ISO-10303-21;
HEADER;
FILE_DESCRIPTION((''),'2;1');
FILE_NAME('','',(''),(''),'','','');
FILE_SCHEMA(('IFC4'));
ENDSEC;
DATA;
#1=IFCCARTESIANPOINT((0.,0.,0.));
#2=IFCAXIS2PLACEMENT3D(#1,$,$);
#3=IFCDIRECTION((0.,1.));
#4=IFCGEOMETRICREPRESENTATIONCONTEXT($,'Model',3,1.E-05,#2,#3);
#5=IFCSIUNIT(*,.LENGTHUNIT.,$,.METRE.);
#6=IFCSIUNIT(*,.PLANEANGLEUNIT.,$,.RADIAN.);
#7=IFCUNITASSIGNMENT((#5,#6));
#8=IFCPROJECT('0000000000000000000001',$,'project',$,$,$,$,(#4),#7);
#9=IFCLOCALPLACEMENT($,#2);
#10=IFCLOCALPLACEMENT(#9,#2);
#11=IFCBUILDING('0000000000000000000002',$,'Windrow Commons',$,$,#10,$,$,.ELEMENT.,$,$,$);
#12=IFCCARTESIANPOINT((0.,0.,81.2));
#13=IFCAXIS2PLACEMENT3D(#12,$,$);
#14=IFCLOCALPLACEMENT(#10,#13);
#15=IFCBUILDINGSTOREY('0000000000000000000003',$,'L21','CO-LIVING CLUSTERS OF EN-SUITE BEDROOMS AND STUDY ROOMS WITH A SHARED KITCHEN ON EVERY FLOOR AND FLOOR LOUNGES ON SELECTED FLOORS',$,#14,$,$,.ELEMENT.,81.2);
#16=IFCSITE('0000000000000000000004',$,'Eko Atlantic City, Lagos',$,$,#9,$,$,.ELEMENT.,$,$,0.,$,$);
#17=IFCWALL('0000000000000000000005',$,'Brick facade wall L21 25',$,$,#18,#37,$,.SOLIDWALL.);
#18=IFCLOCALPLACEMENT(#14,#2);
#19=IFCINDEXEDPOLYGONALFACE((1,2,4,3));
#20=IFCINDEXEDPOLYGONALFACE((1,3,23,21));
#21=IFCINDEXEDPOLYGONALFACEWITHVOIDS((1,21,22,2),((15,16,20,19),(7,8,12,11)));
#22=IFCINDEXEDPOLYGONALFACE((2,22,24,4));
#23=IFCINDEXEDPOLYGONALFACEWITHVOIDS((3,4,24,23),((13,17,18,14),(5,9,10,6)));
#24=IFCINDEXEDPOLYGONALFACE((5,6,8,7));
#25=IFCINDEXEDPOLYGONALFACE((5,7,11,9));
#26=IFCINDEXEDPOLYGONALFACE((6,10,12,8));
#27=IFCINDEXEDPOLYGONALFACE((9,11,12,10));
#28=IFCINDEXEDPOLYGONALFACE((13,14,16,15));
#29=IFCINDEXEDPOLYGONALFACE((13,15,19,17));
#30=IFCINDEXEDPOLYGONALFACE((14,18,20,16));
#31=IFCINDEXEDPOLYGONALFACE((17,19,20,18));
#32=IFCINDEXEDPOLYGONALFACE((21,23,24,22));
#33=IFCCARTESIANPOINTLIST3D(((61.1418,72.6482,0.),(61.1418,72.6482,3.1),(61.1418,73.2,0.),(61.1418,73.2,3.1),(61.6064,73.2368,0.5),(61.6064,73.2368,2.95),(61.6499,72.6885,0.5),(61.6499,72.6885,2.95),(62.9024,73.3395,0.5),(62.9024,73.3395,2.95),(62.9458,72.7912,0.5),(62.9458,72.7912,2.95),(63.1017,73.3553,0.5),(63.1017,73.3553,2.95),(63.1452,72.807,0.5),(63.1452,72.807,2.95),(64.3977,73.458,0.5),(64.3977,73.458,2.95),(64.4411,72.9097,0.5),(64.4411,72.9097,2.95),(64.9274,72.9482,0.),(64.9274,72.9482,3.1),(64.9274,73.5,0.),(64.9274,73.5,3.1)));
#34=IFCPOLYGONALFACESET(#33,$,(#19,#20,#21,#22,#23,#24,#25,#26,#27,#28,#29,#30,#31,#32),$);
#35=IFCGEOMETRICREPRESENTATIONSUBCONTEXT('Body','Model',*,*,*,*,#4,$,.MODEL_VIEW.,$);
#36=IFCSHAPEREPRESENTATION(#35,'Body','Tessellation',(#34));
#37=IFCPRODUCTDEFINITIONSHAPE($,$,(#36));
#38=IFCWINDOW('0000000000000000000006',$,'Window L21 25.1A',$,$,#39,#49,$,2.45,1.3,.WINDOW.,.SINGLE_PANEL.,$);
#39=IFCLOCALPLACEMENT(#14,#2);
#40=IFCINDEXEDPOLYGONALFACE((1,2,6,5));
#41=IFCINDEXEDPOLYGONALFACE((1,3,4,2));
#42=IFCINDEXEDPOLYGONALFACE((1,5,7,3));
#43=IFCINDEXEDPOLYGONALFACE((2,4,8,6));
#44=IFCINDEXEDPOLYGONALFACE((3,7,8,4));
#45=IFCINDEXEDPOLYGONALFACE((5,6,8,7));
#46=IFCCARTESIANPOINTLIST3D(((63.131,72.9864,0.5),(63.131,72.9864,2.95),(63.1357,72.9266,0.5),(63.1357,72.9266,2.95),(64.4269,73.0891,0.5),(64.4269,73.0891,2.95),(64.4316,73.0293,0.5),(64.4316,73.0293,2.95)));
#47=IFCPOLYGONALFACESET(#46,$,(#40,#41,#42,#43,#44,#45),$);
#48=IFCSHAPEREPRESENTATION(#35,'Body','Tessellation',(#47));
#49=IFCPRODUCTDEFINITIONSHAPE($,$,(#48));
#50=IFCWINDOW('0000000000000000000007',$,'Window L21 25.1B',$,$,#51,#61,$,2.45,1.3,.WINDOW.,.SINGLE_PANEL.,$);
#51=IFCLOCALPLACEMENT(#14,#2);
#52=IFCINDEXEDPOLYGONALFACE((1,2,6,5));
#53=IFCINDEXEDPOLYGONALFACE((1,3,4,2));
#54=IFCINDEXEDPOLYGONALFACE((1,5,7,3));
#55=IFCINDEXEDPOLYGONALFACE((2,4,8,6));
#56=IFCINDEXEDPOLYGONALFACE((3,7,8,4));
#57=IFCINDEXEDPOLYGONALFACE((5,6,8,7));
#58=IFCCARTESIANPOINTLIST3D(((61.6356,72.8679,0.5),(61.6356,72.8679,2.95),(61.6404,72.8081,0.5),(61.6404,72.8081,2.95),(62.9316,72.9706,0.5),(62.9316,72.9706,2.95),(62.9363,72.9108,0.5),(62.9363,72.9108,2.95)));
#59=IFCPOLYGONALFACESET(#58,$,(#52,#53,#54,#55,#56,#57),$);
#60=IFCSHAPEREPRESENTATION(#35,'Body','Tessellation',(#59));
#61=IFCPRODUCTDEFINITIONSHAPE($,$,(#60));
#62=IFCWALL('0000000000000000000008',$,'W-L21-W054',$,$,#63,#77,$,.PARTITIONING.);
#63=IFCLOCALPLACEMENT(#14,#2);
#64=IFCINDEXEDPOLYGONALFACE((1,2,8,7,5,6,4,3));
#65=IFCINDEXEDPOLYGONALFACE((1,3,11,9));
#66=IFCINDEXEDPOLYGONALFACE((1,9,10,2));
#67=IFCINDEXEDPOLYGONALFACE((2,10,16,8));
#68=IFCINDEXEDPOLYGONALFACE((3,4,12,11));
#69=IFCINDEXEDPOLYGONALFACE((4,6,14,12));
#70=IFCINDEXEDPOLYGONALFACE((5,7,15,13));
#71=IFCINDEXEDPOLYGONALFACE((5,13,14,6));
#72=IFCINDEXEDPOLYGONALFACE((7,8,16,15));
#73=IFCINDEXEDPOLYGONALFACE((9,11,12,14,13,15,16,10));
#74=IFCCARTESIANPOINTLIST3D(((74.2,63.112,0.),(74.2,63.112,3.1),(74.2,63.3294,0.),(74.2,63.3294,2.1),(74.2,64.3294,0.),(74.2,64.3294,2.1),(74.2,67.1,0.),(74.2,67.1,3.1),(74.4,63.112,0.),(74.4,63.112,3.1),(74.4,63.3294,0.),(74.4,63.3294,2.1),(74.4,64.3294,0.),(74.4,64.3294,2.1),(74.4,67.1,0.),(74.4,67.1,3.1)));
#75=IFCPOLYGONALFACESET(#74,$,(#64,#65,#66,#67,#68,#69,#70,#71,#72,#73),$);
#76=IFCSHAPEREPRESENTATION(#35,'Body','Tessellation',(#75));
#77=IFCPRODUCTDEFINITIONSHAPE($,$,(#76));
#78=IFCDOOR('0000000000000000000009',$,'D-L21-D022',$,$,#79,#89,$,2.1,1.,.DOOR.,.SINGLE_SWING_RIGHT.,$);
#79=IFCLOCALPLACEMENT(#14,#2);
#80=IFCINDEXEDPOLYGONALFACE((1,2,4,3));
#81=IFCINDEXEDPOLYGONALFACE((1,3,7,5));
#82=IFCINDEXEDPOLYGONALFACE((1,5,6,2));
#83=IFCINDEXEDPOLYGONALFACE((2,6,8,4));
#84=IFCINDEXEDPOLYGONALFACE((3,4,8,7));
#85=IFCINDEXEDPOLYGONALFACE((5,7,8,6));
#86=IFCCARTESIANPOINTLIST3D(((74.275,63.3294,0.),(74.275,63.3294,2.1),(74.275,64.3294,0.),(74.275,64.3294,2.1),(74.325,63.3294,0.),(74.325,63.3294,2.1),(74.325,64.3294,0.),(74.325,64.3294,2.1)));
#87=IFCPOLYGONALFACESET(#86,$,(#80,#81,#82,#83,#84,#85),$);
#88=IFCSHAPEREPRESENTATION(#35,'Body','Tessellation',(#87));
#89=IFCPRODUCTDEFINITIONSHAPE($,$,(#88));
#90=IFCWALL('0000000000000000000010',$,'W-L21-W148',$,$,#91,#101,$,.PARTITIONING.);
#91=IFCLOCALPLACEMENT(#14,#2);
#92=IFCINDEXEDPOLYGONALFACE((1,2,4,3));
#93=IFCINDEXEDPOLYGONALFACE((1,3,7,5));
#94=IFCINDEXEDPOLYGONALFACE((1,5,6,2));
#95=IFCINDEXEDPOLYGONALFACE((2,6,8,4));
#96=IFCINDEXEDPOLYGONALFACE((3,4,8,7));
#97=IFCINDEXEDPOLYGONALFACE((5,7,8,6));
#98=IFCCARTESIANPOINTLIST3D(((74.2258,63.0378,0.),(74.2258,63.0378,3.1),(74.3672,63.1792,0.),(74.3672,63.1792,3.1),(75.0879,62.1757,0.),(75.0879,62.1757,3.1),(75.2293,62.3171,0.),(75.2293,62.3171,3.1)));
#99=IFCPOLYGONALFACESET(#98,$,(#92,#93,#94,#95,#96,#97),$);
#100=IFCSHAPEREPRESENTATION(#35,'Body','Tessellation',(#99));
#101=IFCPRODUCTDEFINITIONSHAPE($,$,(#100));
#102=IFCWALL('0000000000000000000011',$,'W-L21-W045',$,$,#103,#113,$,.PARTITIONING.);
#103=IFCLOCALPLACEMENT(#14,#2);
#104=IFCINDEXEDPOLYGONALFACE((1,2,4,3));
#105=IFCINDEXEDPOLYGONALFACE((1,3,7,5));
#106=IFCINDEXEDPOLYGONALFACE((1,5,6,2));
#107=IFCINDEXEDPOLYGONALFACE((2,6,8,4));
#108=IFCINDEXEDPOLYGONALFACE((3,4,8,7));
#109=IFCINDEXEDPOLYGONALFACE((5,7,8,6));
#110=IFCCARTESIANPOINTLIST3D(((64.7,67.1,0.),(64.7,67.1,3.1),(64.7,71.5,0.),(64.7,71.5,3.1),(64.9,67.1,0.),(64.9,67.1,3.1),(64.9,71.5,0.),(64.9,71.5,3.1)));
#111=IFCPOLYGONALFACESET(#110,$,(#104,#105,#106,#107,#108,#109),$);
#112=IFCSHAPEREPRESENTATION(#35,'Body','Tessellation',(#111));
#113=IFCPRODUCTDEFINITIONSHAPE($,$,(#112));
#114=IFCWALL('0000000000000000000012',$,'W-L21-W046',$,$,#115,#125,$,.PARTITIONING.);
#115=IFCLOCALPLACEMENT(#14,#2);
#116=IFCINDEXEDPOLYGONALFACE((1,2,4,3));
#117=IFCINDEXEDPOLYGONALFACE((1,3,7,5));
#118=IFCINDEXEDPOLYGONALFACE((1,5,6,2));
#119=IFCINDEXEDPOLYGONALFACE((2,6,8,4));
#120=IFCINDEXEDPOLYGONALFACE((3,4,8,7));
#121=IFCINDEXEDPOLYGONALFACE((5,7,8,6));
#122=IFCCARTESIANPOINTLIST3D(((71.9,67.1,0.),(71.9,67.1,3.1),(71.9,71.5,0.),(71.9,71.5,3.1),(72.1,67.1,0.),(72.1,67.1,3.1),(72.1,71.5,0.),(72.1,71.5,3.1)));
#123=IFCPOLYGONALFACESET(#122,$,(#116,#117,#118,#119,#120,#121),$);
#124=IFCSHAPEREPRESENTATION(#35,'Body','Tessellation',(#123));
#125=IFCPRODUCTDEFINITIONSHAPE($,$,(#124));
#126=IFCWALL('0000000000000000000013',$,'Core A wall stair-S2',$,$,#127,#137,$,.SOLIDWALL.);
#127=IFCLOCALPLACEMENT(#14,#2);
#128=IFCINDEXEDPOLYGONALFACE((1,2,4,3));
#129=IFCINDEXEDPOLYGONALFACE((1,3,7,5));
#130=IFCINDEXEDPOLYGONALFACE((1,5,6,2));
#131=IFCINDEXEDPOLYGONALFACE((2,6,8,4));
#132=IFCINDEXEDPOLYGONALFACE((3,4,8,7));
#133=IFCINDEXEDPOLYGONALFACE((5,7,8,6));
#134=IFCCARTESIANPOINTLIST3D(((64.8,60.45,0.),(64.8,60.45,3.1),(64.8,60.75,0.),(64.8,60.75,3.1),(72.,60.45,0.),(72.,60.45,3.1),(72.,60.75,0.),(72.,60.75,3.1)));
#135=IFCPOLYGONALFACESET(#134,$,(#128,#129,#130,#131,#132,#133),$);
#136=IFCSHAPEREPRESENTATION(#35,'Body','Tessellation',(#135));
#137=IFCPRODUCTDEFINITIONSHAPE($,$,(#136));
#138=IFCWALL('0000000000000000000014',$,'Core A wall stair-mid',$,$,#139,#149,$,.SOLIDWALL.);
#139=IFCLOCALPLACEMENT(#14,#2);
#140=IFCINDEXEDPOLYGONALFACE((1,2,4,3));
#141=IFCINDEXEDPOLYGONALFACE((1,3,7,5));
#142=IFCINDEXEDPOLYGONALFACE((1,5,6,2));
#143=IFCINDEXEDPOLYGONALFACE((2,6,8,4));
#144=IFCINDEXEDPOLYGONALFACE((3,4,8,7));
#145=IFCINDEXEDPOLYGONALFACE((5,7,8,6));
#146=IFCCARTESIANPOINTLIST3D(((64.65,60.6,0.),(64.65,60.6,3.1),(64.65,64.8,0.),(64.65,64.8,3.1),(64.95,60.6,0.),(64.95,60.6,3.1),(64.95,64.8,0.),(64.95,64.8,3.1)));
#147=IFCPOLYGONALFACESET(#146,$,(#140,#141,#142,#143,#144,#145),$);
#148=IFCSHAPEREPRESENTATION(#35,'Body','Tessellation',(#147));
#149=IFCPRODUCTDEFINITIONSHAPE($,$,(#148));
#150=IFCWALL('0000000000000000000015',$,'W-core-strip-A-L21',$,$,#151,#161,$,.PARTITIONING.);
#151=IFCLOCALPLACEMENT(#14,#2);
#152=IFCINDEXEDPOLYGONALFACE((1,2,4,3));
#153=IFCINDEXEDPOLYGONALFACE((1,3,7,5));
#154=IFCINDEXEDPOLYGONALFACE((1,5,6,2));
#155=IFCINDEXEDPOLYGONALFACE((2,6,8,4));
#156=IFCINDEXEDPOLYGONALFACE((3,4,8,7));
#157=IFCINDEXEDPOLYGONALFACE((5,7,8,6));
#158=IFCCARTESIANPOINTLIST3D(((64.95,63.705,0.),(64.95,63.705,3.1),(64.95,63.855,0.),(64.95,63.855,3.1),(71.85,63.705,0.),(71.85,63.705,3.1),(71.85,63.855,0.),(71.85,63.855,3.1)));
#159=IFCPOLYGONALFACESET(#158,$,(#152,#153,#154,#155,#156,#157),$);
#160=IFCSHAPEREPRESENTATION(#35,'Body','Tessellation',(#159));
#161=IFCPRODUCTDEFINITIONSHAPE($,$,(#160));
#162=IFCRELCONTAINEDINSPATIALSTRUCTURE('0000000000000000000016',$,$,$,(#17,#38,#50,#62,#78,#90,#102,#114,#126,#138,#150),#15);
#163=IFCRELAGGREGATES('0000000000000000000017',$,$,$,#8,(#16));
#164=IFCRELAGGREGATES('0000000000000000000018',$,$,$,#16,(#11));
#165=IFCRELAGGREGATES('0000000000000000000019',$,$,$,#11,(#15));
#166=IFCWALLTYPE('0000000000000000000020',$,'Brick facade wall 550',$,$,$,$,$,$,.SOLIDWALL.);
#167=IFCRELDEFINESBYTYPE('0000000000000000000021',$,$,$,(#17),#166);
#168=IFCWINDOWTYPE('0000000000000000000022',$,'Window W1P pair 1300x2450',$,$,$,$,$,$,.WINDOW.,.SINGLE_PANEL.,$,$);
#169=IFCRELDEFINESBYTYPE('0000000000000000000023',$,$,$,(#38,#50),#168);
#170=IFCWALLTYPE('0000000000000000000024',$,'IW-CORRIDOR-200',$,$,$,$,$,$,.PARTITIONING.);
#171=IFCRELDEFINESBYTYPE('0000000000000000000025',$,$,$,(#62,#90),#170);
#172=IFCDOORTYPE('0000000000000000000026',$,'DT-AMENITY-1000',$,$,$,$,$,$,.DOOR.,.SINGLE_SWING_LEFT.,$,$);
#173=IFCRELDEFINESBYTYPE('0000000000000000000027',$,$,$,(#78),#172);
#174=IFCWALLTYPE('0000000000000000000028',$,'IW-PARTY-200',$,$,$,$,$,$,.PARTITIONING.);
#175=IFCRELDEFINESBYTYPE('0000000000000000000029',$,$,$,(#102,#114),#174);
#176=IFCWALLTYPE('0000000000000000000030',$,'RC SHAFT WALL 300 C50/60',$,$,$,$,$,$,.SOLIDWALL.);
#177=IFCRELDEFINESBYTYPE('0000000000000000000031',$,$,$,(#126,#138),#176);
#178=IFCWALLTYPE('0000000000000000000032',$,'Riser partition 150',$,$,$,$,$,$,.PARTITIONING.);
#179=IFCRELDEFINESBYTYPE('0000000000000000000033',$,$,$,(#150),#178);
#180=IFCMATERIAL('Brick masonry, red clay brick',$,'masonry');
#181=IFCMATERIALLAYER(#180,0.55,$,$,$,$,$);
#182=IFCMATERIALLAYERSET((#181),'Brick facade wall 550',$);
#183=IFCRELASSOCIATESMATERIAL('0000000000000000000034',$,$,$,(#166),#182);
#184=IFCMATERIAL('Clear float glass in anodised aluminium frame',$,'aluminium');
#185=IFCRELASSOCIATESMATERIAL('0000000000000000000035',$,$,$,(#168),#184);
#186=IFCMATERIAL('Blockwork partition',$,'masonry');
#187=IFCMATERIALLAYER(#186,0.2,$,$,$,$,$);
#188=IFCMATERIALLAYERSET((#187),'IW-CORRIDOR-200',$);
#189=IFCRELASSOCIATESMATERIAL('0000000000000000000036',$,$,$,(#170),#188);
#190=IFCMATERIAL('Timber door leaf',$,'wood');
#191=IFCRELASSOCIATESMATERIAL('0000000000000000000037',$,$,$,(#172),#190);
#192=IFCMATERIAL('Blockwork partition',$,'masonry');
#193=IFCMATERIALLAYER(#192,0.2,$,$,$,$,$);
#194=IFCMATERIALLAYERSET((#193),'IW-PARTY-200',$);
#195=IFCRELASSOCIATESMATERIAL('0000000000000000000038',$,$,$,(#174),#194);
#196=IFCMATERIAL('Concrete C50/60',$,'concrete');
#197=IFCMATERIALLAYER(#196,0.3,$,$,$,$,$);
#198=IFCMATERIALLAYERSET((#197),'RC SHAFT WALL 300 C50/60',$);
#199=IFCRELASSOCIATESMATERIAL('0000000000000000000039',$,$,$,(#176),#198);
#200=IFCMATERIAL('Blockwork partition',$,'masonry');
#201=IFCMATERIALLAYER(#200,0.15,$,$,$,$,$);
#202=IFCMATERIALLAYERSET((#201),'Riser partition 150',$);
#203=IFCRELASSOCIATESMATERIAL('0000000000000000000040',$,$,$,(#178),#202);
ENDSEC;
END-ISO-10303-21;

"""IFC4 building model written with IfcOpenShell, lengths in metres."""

from ifc_helpers import new_model, si_unit, direction, frame, frame_2d, origin, place, context, subcontext, project, spatial, polyline, rectangle, outline, extrude, material, layer, layer_set, type_object, element, fill, save


model = new_model("IFC4")

# Units and contexts
model_context = context("Model", 3, precision=1e-05, world=origin(), true_north=direction((0.0, 1.0)))
body_context = subcontext(model_context, "Body", "Model", "MODEL_VIEW")
ifc_project = project(units=[si_unit("LENGTHUNIT", "METRE"), si_unit("PLANEANGLEUNIT", "RADIAN")], contexts=[model_context])

# Site, building, storey
site_placement = place(None, origin())
site = spatial("IfcSite", under=ifc_project, at=site_placement, Name="Eko Atlantic City, Lagos", CompositionType="ELEMENT", RefElevation=0.0)
building_placement = place(site_placement, origin())
building = spatial("IfcBuilding", under=site, at=building_placement, Name="Windrow Commons", CompositionType="ELEMENT")
storey_placement = place(building_placement, frame((0.0, 0.0, 81.2)))
storey = spatial("IfcBuildingStorey", under=building, at=storey_placement, Name="L21", Description="CO-LIVING CLUSTERS OF EN-SUITE BEDROOMS AND STUDY ROOMS WITH A SHARED KITCHEN ON EVERY FLOOR AND FLOOR LOUNGES ON SELECTED FLOORS", CompositionType="ELEMENT", Elevation=81.2)

# Wall, openings, windows
ifc_material_1 = material(Name="Brick masonry, red clay brick", Category="masonry")
ifc_layer_1 = layer(ifc_material_1, 0.55)
ifc_layer_set_1 = layer_set([ifc_layer_1], Name="Brick facade wall 550")
wall_type_1 = type_object("IfcWallType", Name="Brick facade wall 550", PredefinedType="SOLIDWALL", material=ifc_layer_set_1)
ifc_material_2 = material(Name="Clear float glass in anodised aluminium frame", Category="aluminium")
window_type = type_object("IfcWindowType", Name="Window W1P pair 1300x2450", PartitioningType="SINGLE_PANEL", PredefinedType="WINDOW", material=ifc_material_2)
wall_1_placement = place(storey_placement, frame((64.9274, 73.2241, 0.0), z_axis=(0.0, 0.0, 1.0), x_axis=(-0.996875, -0.079, 0.0)))
wall_1 = element("IfcWall", 1, at=wall_1_placement, inside=storey, type_object=wall_type_1, Name="Brick facade wall L21 25", PredefinedType="SOLIDWALL", context=body_context, shape_type="SweptSolid", body=[
    extrude(outline(polyline([(-0.0218, -0.275), (3.7757, -0.275), (3.8193, 0.275), (0.0218, 0.275), (-0.0218, -0.275)])), origin(), (0.0, 0.0, 1.0), 3.1),
])
opening_1_placement = place(wall_1_placement, frame((0.5096, 0.0, 0.5)))
opening_1 = element("IfcOpeningElement", 2, at=opening_1_placement, cuts=wall_1, PredefinedType="OPENING", context=body_context, shape_type="SweptSolid", body=[
    extrude(rectangle(XDim=1.3, YDim=2.45, at=frame_2d((0.65, 1.225))), frame((0.0, 0.285, 0.0), z_axis=(0.0, -1.0, 0.0), x_axis=(1.0, 0.0, 0.0)), (0.0, 0.0, 1.0), 0.57),
])
opening_2_placement = place(wall_1_placement, frame((2.0096, 0.0, 0.5)))
opening_2 = element("IfcOpeningElement", 3, at=opening_2_placement, cuts=wall_1, PredefinedType="OPENING", context=body_context, shape_type="SweptSolid", body=[
    extrude(rectangle(XDim=1.3, YDim=2.45, at=frame_2d((0.65, 1.225))), frame((0.0, 0.285, 0.0), z_axis=(0.0, -1.0, 0.0), x_axis=(1.0, 0.0, 0.0)), (0.0, 0.0, 1.0), 0.57),
])
window_1_placement = place(opening_1_placement, origin())
window_1 = element("IfcWindow", 4, at=window_1_placement, inside=storey, type_object=window_type, Name="Window L21 25.1A", OverallHeight=2.45, OverallWidth=1.3, PartitioningType="SINGLE_PANEL", PredefinedType="WINDOW", context=body_context, shape_type="SweptSolid", body=[
    extrude(rectangle(XDim=1.3, YDim=2.45, at=frame_2d((0.65, 1.225))), frame((0.0, 0.155, 0.0), z_axis=(0.0, -1.0, 0.0), x_axis=(1.0, 0.0, 0.0)), (0.0, 0.0, 1.0), 0.06),
])
fill(opening_1, window_1)
window_2_placement = place(opening_2_placement, origin())
window_2 = element("IfcWindow", 5, at=window_2_placement, inside=storey, type_object=window_type, Name="Window L21 25.1B", OverallHeight=2.45, OverallWidth=1.3, PartitioningType="SINGLE_PANEL", PredefinedType="WINDOW", context=body_context, shape_type="SweptSolid", body=[
    extrude(rectangle(XDim=1.3, YDim=2.45, at=frame_2d((0.65, 1.225))), frame((0.0, 0.155, 0.0), z_axis=(0.0, -1.0, 0.0), x_axis=(1.0, 0.0, 0.0)), (0.0, 0.0, 1.0), 0.06),
])
fill(opening_2, window_2)

# Wall, opening, door
ifc_material_3 = material(Name="Blockwork partition", Category="masonry")
ifc_layer_2 = layer(ifc_material_3, 0.2)
ifc_layer_set_2 = layer_set([ifc_layer_2], Name="IW-CORRIDOR-200")
wall_type_2 = type_object("IfcWallType", Name="IW-CORRIDOR-200", PredefinedType="PARTITIONING", material=ifc_layer_set_2)
wall_2_placement = place(storey_placement, frame((74.3, 63.112, 0.0), z_axis=(0.0, 0.0, 1.0), x_axis=(0.0, 1.0, 0.0)))
wall_2 = element("IfcWall", 6, at=wall_2_placement, inside=storey, type_object=wall_type_2, Name="W-L21-W054", PredefinedType="PARTITIONING", context=body_context, shape_type="SweptSolid", body=[
    extrude(rectangle(XDim=3.988, YDim=0.2, at=frame_2d((1.994, 0.0))), origin(), (0.0, 0.0, 1.0), 3.1),
])
opening_3_placement = place(wall_2_placement, frame((0.2174, 0.0, 0.0)))
opening_3 = element("IfcOpeningElement", 7, at=opening_3_placement, cuts=wall_2, PredefinedType="OPENING", context=body_context, shape_type="SweptSolid", body=[
    extrude(rectangle(XDim=1.0, YDim=2.1, at=frame_2d((0.5, 1.05))), frame((0.0, 0.11, 0.0), z_axis=(0.0, -1.0, 0.0), x_axis=(1.0, 0.0, 0.0)), (0.0, 0.0, 1.0), 0.22),
])
ifc_material_4 = material(Name="Timber door leaf", Category="wood")
door_type = type_object("IfcDoorType", Name="DT-AMENITY-1000", OperationType="SINGLE_SWING_LEFT", PredefinedType="DOOR", material=ifc_material_4)
door_placement = place(opening_3_placement, origin())
door = element("IfcDoor", 8, at=door_placement, inside=storey, type_object=door_type, Name="D-L21-D022", OperationType="SINGLE_SWING_RIGHT", OverallHeight=2.1, OverallWidth=1.0, PredefinedType="DOOR", context=body_context, shape_type="SweptSolid", body=[
    extrude(rectangle(XDim=1.0, YDim=2.1, at=frame_2d((0.5, 1.05))), frame((0.0, 0.025, 0.0), z_axis=(0.0, -1.0, 0.0), x_axis=(1.0, 0.0, 0.0)), (0.0, 0.0, 1.0), 0.05),
])
fill(opening_3, door)

# Walls
wall_3_placement = place(storey_placement, frame((74.2965, 63.1085, 0.0), z_axis=(0.0, 0.0, 1.0), x_axis=(0.707107, -0.707107, 0.0)))
element("IfcWall", 9, at=wall_3_placement, inside=storey, type_object=wall_type_2, Name="W-L21-W148", PredefinedType="PARTITIONING", context=body_context, shape_type="SweptSolid", body=[
    extrude(rectangle(XDim=1.2191, YDim=0.2, at=frame_2d((0.6096, 0.0))), origin(), (0.0, 0.0, 1.0), 3.1),
])
ifc_material_5 = material(Name="Blockwork partition", Category="masonry")
ifc_layer_3 = layer(ifc_material_5, 0.2)
ifc_layer_set_3 = layer_set([ifc_layer_3], Name="IW-PARTY-200")
wall_type_3 = type_object("IfcWallType", Name="IW-PARTY-200", PredefinedType="PARTITIONING", material=ifc_layer_set_3)
for number, where, z_axis, x_axis, name in (
    (10, (64.8, 67.1, 0.0), (0.0, 0.0, 1.0), (0.0, 1.0, 0.0), "W-L21-W045"),
    (11, (72.0, 67.1, 0.0), (0.0, 0.0, 1.0), (0.0, 1.0, 0.0), "W-L21-W046"),
):
    element("IfcWall", number, at=place(storey_placement, frame(where, z_axis=z_axis, x_axis=x_axis)), inside=storey, type_object=wall_type_3, Name=name, PredefinedType="PARTITIONING", context=body_context, shape_type="SweptSolid", body=[
        extrude(rectangle(XDim=4.4, YDim=0.2, at=frame_2d((2.2, 0.0))), origin(), (0.0, 0.0, 1.0), 3.1),
    ])
ifc_material_6 = material(Name="Concrete C50/60", Category="concrete")
ifc_layer_4 = layer(ifc_material_6, 0.3)
ifc_layer_set_4 = layer_set([ifc_layer_4], Name="RC SHAFT WALL 300 C50/60")
wall_type_4 = type_object("IfcWallType", Name="RC SHAFT WALL 300 C50/60", PredefinedType="SOLIDWALL", material=ifc_layer_set_4)
wall_4_placement = place(storey_placement, frame((64.8, 60.6, 0.0), z_axis=(0.0, 0.0, 1.0), x_axis=(1.0, 0.0, 0.0)))
element("IfcWall", 12, at=wall_4_placement, inside=storey, type_object=wall_type_4, Name="Core A wall stair-S2", PredefinedType="SOLIDWALL", context=body_context, shape_type="SweptSolid", body=[
    extrude(rectangle(XDim=7.2, YDim=0.3, at=frame_2d((3.6, 0.0))), origin(), (0.0, 0.0, 1.0), 3.1),
])
wall_5_placement = place(storey_placement, frame((64.8, 60.6, 0.0), z_axis=(0.0, 0.0, 1.0), x_axis=(0.0, 1.0, 0.0)))
element("IfcWall", 13, at=wall_5_placement, inside=storey, type_object=wall_type_4, Name="Core A wall stair-mid", PredefinedType="SOLIDWALL", context=body_context, shape_type="SweptSolid", body=[
    extrude(rectangle(XDim=4.2, YDim=0.3, at=frame_2d((2.1, 0.0))), origin(), (0.0, 0.0, 1.0), 3.1),
])
ifc_material_7 = material(Name="Blockwork partition", Category="masonry")
ifc_layer_5 = layer(ifc_material_7, 0.15)
ifc_layer_set_5 = layer_set([ifc_layer_5], Name="Riser partition 150")
wall_type_5 = type_object("IfcWallType", Name="Riser partition 150", PredefinedType="PARTITIONING", material=ifc_layer_set_5)
wall_6_placement = place(storey_placement, frame((64.95, 63.78, 0.0), z_axis=(0.0, 0.0, 1.0), x_axis=(1.0, 0.0, 0.0)))
element("IfcWall", 14, at=wall_6_placement, inside=storey, type_object=wall_type_5, Name="W-core-strip-A-L21", PredefinedType="PARTITIONING", context=body_context, shape_type="SweptSolid", body=[
    extrude(rectangle(XDim=6.9, YDim=0.15, at=frame_2d((3.45, 0.0))), origin(), (0.0, 0.0, 1.0), 3.1),
])

save(model, "model.ifc")
